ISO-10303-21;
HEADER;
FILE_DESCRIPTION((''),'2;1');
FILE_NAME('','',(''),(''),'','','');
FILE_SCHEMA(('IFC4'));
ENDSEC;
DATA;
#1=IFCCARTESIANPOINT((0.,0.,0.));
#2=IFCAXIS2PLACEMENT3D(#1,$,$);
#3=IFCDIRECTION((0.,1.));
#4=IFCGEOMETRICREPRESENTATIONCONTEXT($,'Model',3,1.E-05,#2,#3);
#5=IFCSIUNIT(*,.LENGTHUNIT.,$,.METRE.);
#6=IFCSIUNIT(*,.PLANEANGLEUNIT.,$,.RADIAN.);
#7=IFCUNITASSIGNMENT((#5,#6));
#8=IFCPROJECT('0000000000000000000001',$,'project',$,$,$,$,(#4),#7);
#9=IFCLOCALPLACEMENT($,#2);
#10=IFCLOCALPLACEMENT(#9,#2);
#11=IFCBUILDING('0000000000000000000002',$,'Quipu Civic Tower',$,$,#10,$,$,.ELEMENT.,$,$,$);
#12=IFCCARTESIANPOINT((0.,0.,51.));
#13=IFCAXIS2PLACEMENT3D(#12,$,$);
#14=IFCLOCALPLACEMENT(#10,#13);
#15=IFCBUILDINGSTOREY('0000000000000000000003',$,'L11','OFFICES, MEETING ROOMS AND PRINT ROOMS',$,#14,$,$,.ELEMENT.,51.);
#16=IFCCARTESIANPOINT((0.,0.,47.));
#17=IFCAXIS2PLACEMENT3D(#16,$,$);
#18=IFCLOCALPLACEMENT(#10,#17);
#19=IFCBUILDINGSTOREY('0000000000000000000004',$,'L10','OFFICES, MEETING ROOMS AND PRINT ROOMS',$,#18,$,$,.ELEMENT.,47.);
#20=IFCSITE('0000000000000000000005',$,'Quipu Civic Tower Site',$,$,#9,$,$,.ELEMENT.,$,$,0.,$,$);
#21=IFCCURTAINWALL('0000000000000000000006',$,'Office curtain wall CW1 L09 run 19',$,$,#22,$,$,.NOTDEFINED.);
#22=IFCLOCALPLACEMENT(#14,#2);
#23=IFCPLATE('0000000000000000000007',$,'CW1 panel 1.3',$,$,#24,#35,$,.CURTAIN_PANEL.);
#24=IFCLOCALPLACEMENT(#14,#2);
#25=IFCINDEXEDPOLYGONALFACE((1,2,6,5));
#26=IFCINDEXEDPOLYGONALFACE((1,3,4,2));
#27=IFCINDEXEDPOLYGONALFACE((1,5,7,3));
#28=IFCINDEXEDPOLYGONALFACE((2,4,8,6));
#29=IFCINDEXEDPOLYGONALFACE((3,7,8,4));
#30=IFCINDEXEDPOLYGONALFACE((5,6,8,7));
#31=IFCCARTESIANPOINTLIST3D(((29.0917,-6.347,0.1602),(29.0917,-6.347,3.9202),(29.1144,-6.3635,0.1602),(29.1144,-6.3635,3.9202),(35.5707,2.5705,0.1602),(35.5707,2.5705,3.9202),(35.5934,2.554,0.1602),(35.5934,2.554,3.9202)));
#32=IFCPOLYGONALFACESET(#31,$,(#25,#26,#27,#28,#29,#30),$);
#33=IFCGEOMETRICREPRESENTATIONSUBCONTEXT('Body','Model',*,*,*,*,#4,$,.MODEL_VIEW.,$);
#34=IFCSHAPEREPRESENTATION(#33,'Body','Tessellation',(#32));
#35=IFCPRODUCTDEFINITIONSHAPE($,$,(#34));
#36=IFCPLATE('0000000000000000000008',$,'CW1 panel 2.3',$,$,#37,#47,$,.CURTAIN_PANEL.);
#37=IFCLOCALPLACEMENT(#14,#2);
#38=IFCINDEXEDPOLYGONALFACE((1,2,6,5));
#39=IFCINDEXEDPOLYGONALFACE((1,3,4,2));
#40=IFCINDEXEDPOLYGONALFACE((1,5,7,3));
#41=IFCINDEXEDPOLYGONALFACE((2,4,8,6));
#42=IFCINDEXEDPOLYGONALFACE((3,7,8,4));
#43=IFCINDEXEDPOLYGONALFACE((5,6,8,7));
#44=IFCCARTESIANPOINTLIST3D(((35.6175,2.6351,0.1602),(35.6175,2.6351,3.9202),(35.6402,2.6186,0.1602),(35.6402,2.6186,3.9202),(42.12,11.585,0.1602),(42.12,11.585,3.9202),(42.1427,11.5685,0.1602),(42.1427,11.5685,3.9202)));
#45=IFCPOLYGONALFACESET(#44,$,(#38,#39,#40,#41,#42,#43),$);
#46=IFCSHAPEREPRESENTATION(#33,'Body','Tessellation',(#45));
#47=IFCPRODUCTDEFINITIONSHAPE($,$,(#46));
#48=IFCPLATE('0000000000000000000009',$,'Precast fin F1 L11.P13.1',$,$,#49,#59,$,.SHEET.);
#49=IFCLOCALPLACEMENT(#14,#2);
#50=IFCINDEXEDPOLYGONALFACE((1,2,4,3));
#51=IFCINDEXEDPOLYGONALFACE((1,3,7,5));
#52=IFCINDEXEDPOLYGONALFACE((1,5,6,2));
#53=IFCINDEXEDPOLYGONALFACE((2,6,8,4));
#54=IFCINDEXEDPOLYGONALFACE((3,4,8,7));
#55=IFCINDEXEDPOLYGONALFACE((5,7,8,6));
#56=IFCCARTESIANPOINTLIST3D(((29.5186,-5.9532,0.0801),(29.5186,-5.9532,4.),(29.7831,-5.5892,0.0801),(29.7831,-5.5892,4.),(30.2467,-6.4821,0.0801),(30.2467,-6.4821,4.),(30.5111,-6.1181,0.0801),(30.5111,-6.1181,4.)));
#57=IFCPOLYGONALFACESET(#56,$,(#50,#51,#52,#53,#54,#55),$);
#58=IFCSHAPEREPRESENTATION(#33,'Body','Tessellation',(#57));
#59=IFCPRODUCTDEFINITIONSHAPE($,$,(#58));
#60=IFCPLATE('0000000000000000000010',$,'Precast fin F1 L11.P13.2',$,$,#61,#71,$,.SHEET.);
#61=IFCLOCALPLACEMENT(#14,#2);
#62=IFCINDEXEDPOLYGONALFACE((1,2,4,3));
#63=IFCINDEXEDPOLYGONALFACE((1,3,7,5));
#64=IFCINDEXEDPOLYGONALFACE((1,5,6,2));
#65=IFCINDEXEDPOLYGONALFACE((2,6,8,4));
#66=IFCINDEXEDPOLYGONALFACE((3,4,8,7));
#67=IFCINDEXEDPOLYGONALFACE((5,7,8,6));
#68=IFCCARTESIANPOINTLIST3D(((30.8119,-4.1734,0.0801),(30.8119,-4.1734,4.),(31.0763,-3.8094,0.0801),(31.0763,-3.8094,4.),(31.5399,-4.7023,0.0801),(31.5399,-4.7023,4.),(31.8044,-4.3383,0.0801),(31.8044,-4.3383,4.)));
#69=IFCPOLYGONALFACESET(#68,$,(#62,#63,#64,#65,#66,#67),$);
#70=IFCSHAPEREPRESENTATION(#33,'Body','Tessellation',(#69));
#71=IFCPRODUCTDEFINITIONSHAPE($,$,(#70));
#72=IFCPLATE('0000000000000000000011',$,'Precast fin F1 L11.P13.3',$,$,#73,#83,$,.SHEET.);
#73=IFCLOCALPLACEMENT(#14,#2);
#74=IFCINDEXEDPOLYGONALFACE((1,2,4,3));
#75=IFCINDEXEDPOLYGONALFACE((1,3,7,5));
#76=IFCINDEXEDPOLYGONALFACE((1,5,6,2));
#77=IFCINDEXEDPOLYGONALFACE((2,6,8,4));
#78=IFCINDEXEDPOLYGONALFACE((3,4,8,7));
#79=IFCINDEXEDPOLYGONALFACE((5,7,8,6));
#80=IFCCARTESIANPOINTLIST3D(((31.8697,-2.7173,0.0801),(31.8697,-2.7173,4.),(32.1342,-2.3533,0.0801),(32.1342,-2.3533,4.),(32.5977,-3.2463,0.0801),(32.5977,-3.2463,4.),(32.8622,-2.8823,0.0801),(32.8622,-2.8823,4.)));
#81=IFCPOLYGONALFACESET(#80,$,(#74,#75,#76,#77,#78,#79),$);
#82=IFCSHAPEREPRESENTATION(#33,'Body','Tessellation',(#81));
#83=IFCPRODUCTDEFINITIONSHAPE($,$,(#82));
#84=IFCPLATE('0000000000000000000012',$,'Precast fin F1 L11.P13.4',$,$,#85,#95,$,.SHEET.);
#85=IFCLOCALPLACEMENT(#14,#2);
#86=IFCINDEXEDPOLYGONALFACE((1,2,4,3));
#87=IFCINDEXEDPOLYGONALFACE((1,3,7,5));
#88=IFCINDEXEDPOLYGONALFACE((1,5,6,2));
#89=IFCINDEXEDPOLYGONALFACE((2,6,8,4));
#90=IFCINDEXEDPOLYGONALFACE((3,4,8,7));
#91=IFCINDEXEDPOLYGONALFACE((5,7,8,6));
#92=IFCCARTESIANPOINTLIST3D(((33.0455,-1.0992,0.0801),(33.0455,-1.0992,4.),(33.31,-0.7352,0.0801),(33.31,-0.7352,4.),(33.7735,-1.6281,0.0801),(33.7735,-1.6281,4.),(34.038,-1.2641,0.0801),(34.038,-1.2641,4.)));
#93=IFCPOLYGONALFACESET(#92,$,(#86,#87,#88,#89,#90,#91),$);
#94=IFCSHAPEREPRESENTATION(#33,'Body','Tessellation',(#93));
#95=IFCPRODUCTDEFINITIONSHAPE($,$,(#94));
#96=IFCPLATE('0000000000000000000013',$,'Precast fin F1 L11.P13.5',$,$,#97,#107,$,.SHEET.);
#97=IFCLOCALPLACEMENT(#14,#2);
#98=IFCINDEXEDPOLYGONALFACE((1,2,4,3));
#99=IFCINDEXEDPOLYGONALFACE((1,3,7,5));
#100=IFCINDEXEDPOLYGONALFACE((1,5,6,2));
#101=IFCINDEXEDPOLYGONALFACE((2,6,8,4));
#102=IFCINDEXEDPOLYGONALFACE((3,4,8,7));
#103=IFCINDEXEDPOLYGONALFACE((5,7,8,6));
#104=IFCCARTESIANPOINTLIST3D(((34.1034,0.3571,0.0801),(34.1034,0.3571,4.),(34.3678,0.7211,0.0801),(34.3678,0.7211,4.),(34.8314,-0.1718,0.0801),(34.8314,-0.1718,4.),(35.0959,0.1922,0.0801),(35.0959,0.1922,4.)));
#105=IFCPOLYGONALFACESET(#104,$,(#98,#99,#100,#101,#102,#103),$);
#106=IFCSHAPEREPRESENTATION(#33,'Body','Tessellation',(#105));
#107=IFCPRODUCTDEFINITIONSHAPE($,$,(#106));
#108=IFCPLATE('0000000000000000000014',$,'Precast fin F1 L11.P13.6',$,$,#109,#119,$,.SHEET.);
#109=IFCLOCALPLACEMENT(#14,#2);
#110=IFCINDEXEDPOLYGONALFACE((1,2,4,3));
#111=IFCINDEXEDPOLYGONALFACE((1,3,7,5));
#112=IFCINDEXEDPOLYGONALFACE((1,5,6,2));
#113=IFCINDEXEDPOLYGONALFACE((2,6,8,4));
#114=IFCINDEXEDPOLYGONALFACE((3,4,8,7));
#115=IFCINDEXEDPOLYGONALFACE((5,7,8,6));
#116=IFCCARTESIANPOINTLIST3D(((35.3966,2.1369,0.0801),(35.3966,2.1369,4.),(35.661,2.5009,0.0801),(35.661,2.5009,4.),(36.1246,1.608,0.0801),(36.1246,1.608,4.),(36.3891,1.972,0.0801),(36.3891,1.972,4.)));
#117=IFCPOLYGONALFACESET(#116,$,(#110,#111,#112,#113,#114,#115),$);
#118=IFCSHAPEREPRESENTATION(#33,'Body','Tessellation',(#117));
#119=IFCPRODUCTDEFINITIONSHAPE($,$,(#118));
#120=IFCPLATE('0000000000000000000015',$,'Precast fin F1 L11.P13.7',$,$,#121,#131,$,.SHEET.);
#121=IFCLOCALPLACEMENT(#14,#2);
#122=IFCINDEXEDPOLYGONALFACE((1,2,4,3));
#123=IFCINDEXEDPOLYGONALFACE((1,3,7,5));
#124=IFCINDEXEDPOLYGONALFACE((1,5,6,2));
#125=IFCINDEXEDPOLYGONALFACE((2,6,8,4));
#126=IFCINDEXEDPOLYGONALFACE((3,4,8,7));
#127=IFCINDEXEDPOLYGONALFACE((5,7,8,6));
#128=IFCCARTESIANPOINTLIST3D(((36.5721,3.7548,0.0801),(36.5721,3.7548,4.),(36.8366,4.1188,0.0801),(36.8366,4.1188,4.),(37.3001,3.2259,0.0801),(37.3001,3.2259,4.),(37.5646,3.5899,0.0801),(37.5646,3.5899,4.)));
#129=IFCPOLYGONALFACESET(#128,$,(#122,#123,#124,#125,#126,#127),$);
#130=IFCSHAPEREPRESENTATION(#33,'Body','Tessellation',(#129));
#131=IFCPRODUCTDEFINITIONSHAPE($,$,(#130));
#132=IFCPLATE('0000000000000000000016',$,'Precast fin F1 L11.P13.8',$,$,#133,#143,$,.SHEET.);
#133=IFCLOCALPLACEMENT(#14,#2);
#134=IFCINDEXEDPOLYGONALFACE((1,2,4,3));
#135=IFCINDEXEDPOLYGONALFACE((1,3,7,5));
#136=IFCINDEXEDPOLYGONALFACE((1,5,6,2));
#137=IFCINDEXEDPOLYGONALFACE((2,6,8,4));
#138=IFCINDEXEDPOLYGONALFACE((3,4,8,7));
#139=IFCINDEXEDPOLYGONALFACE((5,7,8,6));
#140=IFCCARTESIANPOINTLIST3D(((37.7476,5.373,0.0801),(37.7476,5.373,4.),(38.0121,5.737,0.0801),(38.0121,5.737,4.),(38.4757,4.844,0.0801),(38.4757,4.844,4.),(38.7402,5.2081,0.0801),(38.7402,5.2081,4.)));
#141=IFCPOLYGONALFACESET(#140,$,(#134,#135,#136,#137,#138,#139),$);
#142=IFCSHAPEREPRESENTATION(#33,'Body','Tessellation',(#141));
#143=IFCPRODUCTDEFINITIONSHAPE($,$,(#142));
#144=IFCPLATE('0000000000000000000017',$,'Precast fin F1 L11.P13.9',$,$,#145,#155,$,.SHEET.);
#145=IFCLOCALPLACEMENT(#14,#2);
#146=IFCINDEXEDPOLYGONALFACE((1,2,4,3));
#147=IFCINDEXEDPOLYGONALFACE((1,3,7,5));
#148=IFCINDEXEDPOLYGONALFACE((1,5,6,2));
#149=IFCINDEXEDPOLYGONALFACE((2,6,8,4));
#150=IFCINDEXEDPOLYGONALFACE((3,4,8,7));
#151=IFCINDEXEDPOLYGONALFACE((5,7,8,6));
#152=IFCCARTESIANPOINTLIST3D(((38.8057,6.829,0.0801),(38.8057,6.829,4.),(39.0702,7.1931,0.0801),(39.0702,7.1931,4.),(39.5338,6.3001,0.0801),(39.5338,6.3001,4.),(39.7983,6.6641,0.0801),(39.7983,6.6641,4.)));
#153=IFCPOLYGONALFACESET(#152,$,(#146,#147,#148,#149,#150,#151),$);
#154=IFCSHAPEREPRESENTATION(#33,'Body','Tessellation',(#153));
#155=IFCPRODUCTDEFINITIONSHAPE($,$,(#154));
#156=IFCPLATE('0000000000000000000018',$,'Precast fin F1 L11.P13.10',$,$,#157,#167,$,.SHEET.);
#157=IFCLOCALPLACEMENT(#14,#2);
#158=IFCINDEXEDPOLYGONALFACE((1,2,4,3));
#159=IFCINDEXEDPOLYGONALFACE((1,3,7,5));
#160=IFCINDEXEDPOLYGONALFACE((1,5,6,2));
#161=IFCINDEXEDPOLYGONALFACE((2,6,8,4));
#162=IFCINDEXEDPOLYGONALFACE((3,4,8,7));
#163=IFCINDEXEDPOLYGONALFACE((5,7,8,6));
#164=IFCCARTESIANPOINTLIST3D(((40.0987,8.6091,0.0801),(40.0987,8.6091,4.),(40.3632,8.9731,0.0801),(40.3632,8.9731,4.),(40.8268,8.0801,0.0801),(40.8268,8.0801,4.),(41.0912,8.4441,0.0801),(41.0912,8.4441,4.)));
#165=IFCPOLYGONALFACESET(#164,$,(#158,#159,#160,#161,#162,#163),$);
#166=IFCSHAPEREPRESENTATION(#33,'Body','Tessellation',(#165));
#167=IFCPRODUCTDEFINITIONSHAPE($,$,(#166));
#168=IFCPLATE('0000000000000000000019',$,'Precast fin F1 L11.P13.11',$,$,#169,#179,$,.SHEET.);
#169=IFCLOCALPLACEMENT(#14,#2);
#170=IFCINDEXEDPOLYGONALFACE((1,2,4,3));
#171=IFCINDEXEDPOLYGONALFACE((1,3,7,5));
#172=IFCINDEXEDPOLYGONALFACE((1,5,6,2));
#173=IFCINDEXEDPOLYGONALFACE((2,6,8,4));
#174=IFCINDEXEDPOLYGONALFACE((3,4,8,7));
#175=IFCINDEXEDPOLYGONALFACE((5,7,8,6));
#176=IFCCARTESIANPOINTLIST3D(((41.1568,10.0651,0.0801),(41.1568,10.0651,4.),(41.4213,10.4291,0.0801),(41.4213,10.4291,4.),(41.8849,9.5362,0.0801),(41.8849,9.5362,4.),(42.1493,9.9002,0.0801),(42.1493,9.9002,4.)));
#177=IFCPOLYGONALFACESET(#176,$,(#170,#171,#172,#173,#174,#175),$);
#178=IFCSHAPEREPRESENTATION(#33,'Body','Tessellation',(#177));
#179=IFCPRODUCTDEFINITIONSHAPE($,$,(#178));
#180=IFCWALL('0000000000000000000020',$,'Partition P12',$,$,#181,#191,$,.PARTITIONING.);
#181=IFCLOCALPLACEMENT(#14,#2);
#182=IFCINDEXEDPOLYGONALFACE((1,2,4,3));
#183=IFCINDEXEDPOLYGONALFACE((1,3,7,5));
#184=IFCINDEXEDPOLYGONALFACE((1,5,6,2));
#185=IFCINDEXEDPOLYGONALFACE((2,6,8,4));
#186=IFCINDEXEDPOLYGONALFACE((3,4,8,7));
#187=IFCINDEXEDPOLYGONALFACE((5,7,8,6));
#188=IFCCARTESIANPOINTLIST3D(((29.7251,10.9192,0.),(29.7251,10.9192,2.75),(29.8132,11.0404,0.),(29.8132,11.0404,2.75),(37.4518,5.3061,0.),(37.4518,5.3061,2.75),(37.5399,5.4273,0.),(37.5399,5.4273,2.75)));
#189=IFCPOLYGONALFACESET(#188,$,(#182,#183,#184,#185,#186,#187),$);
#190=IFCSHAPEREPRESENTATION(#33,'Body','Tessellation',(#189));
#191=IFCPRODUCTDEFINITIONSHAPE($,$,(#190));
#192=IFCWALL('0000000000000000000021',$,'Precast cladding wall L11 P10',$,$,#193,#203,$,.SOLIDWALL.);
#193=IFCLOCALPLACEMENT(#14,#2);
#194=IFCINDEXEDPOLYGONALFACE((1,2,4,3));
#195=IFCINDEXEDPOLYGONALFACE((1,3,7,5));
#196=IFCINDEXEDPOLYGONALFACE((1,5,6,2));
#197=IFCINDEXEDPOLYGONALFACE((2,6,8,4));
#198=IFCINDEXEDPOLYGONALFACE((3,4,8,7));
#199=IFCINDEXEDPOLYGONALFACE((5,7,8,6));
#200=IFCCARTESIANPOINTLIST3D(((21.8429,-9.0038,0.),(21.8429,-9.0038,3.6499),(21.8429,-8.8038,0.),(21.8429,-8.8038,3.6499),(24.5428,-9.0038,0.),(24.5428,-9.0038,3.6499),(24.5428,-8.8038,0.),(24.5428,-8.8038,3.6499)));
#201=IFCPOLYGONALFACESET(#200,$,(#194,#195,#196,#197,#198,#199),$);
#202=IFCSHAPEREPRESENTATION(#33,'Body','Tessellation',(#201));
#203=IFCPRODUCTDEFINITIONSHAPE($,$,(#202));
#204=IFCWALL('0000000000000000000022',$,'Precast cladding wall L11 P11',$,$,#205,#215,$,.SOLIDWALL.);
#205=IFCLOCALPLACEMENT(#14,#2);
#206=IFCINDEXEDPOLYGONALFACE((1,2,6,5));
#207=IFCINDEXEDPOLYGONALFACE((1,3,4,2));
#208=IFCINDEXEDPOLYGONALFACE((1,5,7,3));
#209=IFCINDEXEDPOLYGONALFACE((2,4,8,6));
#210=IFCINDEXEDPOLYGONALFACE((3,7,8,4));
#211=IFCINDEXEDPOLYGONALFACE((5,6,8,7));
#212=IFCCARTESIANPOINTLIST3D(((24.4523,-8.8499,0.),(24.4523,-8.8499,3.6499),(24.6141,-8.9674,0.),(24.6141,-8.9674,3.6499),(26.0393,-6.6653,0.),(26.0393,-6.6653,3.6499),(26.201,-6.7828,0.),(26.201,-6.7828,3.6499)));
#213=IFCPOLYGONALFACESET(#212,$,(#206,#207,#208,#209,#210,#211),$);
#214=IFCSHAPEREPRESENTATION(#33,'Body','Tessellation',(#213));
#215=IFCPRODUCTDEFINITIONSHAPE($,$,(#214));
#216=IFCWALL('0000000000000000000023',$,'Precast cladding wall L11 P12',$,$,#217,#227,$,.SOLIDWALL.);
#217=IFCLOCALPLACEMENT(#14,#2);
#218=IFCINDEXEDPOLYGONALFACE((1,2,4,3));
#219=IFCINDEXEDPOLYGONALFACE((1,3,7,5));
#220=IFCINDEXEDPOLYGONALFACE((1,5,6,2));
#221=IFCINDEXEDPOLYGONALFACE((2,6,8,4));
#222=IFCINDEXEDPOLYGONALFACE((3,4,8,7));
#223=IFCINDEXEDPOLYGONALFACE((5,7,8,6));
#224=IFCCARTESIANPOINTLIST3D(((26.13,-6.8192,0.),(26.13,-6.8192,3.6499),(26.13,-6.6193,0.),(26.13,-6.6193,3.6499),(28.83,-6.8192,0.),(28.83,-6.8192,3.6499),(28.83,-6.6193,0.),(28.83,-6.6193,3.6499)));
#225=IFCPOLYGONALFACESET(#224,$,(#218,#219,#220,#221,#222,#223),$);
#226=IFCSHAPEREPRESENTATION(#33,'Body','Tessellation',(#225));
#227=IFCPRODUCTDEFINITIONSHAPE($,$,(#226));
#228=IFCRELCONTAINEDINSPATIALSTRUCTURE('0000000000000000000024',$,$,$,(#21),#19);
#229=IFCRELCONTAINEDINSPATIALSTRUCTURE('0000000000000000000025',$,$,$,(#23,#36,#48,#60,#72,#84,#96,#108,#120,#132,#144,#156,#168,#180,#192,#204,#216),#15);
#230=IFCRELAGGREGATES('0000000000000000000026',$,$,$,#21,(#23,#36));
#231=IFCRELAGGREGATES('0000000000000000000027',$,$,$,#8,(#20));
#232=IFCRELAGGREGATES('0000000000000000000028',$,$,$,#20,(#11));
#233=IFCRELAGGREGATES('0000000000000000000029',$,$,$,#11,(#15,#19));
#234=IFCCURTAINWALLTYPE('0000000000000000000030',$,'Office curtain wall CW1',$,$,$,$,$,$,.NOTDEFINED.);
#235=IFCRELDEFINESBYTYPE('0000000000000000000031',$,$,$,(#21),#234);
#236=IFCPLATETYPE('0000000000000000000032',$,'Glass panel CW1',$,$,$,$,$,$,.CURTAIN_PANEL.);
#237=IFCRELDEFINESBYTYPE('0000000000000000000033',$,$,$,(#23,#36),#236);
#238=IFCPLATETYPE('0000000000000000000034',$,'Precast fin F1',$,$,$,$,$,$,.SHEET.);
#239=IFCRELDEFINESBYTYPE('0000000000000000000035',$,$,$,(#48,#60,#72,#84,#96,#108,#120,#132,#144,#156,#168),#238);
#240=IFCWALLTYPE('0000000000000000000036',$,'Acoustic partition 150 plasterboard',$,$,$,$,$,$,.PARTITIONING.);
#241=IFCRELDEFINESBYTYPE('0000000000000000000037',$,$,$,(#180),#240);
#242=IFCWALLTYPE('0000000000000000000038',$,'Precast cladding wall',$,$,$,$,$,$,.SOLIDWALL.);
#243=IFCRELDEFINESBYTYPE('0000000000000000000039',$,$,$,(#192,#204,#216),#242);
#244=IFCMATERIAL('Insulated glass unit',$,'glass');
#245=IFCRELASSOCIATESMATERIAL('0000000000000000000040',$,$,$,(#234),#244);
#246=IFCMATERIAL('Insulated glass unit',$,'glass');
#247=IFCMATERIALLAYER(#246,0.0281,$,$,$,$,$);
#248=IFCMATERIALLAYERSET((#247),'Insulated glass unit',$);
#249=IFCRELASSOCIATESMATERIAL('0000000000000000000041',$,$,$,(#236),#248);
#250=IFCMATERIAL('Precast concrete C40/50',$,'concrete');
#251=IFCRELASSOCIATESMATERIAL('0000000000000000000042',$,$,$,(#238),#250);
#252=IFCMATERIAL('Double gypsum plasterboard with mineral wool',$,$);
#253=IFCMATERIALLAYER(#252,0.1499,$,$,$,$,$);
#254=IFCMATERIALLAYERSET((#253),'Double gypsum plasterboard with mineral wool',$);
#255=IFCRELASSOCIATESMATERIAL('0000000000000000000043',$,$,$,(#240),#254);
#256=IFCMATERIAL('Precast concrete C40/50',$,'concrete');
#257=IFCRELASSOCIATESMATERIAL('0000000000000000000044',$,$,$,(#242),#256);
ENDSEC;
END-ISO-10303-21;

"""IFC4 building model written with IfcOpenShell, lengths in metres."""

from ifc_helpers import new_model, si_unit, direction, frame, frame_2d, origin, origin_2d, place, context, subcontext, project, spatial, rectangle, extrude, material, layer, layer_set, type_object, element, aggregate, save


model = new_model("IFC4")

# Units and contexts
model_context = context("Model", 3, precision=1e-05, world=origin(), true_north=direction((0.0, 1.0)))
body_context = subcontext(model_context, "Body", "Model", "MODEL_VIEW")
ifc_project = project(units=[si_unit("LENGTHUNIT", "METRE"), si_unit("PLANEANGLEUNIT", "RADIAN")], contexts=[model_context])

# Site, building, storey
site_placement = place(None, origin())
site = spatial("IfcSite", under=ifc_project, at=site_placement, Name="Quipu Civic Tower Site", CompositionType="ELEMENT", RefElevation=0.0)
building_placement = place(site_placement, origin())
building = spatial("IfcBuilding", under=site, at=building_placement, Name="Quipu Civic Tower", CompositionType="ELEMENT")
storey_1_placement = place(building_placement, frame((0.0, 0.0, 51.0)))
storey_1 = spatial("IfcBuildingStorey", under=building, at=storey_1_placement, Name="L11", Description="OFFICES, MEETING ROOMS AND PRINT ROOMS", CompositionType="ELEMENT", Elevation=51.0)

# Shared definitions
storey_2_placement = place(building_placement, frame((0.0, 0.0, 47.0)))
storey_2 = spatial("IfcBuildingStorey", under=building, at=storey_2_placement, Name="L10", Description="OFFICES, MEETING ROOMS AND PRINT ROOMS", CompositionType="ELEMENT", Elevation=47.0)

# Curtain wall, plates
ifc_material_1 = material(Name="Insulated glass unit", Category="glass")
curtain_wall_type = type_object("IfcCurtainWallType", Name="Office curtain wall CW1", PredefinedType="NOTDEFINED", material=ifc_material_1)
curtain_wall_placement = place(storey_2_placement, origin())
curtain_wall = element("IfcCurtainWall", 1, at=curtain_wall_placement, inside=storey_2, type_object=curtain_wall_type, Name="Office curtain wall CW1 L09 run 19", PredefinedType="NOTDEFINED")
ifc_material_2 = material(Name="Insulated glass unit", Category="glass")
ifc_layer_1 = layer(ifc_material_2, 0.0281)
ifc_layer_set_1 = layer_set([ifc_layer_1], Name="Insulated glass unit")
plate_type_1 = type_object("IfcPlateType", Name="Glass panel CW1", PredefinedType="CURTAIN_PANEL", material=ifc_layer_set_1)
plate_1_placement = place(storey_1_placement, frame((32.3425, -1.8965, 0.1602), z_axis=(0.0, 0.0, 1.0), x_axis=(0.587786, 0.809017, 0.0)))
plate_1 = element("IfcPlate", 2, at=plate_1_placement, inside=storey_1, type_object=plate_type_1, Name="CW1 panel 1.3", PredefinedType="CURTAIN_PANEL", context=body_context, shape_type="SweptSolid", body=[
    extrude(rectangle(XDim=11.0227, YDim=0.0281, at=origin_2d()), origin(), (0.0, 0.0, 1.0), 3.76),
])
plate_2_placement = place(storey_1_placement, frame((38.8801, 7.1018, 0.1602), z_axis=(0.0, 0.0, 1.0), x_axis=(0.587786, 0.809017, 0.0)))
plate_2 = element("IfcPlate", 3, at=plate_2_placement, inside=storey_1, type_object=plate_type_1, Name="CW1 panel 2.3", PredefinedType="CURTAIN_PANEL", context=body_context, shape_type="SweptSolid", body=[
    extrude(rectangle(XDim=11.0627, YDim=0.0281, at=origin_2d()), origin(), (0.0, 0.0, 1.0), 3.76),
])
aggregate(curtain_wall, [plate_1, plate_2])

# Plates
ifc_material_3 = material(Name="Precast concrete C40/50", Category="concrete")
plate_type_2 = type_object("IfcPlateType", Name="Precast fin F1", PredefinedType="SHEET", material=ifc_material_3)
for number, where, z_axis, x_axis, name in (
    (4, (30.0149, -6.0356, 0.0801), (0.0, 0.0, 1.0), (0.587786, 0.809017, 0.0), "Precast fin F1 L11.P13.1"),
    (5, (31.3081, -4.2559, 0.0801), (0.0, 0.0, 1.0), (0.587786, 0.809017, 0.0), "Precast fin F1 L11.P13.2"),
    (6, (32.366, -2.7998, 0.0801), (0.0, 0.0, 1.0), (0.587786, 0.809017, 0.0), "Precast fin F1 L11.P13.3"),
    (7, (33.5417, -1.1816, 0.0801), (0.0, 0.0, 1.0), (0.587786, 0.809017, 0.0), "Precast fin F1 L11.P13.4"),
    (8, (34.5996, 0.2747, 0.0801), (0.0, 0.0, 1.0), (0.587786, 0.809017, 0.0), "Precast fin F1 L11.P13.5"),
    (9, (35.8928, 2.0544, 0.0801), (0.0, 0.0, 1.0), (0.587786, 0.809017, 0.0), "Precast fin F1 L11.P13.6"),
    (10, (37.0684, 3.6724, 0.0801), (0.0, 0.0, 1.0), (0.587786, 0.809017, 0.0), "Precast fin F1 L11.P13.7"),
    (11, (38.2439, 5.2905, 0.0801), (0.0, 0.0, 1.0), (0.587786, 0.809017, 0.0), "Precast fin F1 L11.P13.8"),
    (12, (39.302, 6.7466, 0.0801), (0.0, 0.0, 1.0), (0.587786, 0.809017, 0.0), "Precast fin F1 L11.P13.9"),
    (13, (40.595, 8.5266, 0.0801), (0.0, 0.0, 1.0), (0.587786, 0.809017, 0.0), "Precast fin F1 L11.P13.10"),
    (14, (41.6531, 9.9827, 0.0801), (0.0, 0.0, 1.0), (0.587786, 0.809017, 0.0), "Precast fin F1 L11.P13.11"),
):
    element("IfcPlate", number, at=place(storey_1_placement, frame(where, z_axis=z_axis, x_axis=x_axis)), inside=storey_1, type_object=plate_type_2, Name=name, PredefinedType="SHEET", context=body_context, shape_type="SweptSolid", body=[
        extrude(rectangle(XDim=0.45, YDim=0.8999, at=origin_2d()), origin(), (0.0, 0.0, 1.0), 3.9199),
    ])

# Walls
ifc_material_4 = material(Name="Double gypsum plasterboard with mineral wool")
ifc_layer_2 = layer(ifc_material_4, 0.1499)
ifc_layer_set_2 = layer_set([ifc_layer_2], Name="Double gypsum plasterboard with mineral wool")
wall_type_1 = type_object("IfcWallType", Name="Acoustic partition 150 plasterboard", PredefinedType="PARTITIONING", material=ifc_layer_set_2)
wall_1_placement = place(storey_1_placement, frame((37.4958, 5.3667, 0.0), z_axis=(0.0, 0.0, 1.0), x_axis=(-0.809049, 0.587741, 0.0)))
element("IfcWall", 15, at=wall_1_placement, inside=storey_1, type_object=wall_type_1, Name="Partition P12", PredefinedType="PARTITIONING", context=body_context, shape_type="SweptSolid", body=[
    extrude(rectangle(XDim=9.5503, YDim=0.1499, at=frame_2d((4.7751, 0.0))), origin(), (0.0, 0.0, 1.0), 2.75),
])
ifc_material_5 = material(Name="Precast concrete C40/50", Category="concrete")
wall_type_2 = type_object("IfcWallType", Name="Precast cladding wall", PredefinedType="SOLIDWALL", material=ifc_material_5)
wall_2_placement = place(storey_1_placement, frame((21.8428, -8.9038, 0.0), z_axis=(0.0, 0.0, 1.0), x_axis=(1.0, 0.0, 0.0)))
element("IfcWall", 16, at=wall_2_placement, inside=storey_1, type_object=wall_type_2, Name="Precast cladding wall L11 P10", PredefinedType="SOLIDWALL", context=body_context, shape_type="SweptSolid", body=[
    extrude(rectangle(XDim=2.7, YDim=0.2, at=frame_2d((1.3501, 0.0))), origin(), (0.0, 0.0, 1.0), 3.6499),
])
wall_3_placement = place(storey_1_placement, frame((24.5332, -8.9087, 0.0), z_axis=(0.0, 0.0, 1.0), x_axis=(0.58772, 0.809064, 0.0)))
element("IfcWall", 17, at=wall_3_placement, inside=storey_1, type_object=wall_type_2, Name="Precast cladding wall L11 P11", PredefinedType="SOLIDWALL", context=body_context, shape_type="SweptSolid", body=[
    extrude(rectangle(XDim=2.7002, YDim=0.2, at=frame_2d((1.3501, 0.0))), origin(), (0.0, 0.0, 1.0), 3.6499),
])
wall_4_placement = place(storey_1_placement, frame((26.1299, -6.7192, 0.0), z_axis=(0.0, 0.0, 1.0), x_axis=(1.0, 0.0, 0.0)))
element("IfcWall", 18, at=wall_4_placement, inside=storey_1, type_object=wall_type_2, Name="Precast cladding wall L11 P12", PredefinedType="SOLIDWALL", context=body_context, shape_type="SweptSolid", body=[
    extrude(rectangle(XDim=2.7, YDim=0.2, at=frame_2d((1.3501, 0.0))), origin(), (0.0, 0.0, 1.0), 3.6499),
])

save(model, "model.ifc")
